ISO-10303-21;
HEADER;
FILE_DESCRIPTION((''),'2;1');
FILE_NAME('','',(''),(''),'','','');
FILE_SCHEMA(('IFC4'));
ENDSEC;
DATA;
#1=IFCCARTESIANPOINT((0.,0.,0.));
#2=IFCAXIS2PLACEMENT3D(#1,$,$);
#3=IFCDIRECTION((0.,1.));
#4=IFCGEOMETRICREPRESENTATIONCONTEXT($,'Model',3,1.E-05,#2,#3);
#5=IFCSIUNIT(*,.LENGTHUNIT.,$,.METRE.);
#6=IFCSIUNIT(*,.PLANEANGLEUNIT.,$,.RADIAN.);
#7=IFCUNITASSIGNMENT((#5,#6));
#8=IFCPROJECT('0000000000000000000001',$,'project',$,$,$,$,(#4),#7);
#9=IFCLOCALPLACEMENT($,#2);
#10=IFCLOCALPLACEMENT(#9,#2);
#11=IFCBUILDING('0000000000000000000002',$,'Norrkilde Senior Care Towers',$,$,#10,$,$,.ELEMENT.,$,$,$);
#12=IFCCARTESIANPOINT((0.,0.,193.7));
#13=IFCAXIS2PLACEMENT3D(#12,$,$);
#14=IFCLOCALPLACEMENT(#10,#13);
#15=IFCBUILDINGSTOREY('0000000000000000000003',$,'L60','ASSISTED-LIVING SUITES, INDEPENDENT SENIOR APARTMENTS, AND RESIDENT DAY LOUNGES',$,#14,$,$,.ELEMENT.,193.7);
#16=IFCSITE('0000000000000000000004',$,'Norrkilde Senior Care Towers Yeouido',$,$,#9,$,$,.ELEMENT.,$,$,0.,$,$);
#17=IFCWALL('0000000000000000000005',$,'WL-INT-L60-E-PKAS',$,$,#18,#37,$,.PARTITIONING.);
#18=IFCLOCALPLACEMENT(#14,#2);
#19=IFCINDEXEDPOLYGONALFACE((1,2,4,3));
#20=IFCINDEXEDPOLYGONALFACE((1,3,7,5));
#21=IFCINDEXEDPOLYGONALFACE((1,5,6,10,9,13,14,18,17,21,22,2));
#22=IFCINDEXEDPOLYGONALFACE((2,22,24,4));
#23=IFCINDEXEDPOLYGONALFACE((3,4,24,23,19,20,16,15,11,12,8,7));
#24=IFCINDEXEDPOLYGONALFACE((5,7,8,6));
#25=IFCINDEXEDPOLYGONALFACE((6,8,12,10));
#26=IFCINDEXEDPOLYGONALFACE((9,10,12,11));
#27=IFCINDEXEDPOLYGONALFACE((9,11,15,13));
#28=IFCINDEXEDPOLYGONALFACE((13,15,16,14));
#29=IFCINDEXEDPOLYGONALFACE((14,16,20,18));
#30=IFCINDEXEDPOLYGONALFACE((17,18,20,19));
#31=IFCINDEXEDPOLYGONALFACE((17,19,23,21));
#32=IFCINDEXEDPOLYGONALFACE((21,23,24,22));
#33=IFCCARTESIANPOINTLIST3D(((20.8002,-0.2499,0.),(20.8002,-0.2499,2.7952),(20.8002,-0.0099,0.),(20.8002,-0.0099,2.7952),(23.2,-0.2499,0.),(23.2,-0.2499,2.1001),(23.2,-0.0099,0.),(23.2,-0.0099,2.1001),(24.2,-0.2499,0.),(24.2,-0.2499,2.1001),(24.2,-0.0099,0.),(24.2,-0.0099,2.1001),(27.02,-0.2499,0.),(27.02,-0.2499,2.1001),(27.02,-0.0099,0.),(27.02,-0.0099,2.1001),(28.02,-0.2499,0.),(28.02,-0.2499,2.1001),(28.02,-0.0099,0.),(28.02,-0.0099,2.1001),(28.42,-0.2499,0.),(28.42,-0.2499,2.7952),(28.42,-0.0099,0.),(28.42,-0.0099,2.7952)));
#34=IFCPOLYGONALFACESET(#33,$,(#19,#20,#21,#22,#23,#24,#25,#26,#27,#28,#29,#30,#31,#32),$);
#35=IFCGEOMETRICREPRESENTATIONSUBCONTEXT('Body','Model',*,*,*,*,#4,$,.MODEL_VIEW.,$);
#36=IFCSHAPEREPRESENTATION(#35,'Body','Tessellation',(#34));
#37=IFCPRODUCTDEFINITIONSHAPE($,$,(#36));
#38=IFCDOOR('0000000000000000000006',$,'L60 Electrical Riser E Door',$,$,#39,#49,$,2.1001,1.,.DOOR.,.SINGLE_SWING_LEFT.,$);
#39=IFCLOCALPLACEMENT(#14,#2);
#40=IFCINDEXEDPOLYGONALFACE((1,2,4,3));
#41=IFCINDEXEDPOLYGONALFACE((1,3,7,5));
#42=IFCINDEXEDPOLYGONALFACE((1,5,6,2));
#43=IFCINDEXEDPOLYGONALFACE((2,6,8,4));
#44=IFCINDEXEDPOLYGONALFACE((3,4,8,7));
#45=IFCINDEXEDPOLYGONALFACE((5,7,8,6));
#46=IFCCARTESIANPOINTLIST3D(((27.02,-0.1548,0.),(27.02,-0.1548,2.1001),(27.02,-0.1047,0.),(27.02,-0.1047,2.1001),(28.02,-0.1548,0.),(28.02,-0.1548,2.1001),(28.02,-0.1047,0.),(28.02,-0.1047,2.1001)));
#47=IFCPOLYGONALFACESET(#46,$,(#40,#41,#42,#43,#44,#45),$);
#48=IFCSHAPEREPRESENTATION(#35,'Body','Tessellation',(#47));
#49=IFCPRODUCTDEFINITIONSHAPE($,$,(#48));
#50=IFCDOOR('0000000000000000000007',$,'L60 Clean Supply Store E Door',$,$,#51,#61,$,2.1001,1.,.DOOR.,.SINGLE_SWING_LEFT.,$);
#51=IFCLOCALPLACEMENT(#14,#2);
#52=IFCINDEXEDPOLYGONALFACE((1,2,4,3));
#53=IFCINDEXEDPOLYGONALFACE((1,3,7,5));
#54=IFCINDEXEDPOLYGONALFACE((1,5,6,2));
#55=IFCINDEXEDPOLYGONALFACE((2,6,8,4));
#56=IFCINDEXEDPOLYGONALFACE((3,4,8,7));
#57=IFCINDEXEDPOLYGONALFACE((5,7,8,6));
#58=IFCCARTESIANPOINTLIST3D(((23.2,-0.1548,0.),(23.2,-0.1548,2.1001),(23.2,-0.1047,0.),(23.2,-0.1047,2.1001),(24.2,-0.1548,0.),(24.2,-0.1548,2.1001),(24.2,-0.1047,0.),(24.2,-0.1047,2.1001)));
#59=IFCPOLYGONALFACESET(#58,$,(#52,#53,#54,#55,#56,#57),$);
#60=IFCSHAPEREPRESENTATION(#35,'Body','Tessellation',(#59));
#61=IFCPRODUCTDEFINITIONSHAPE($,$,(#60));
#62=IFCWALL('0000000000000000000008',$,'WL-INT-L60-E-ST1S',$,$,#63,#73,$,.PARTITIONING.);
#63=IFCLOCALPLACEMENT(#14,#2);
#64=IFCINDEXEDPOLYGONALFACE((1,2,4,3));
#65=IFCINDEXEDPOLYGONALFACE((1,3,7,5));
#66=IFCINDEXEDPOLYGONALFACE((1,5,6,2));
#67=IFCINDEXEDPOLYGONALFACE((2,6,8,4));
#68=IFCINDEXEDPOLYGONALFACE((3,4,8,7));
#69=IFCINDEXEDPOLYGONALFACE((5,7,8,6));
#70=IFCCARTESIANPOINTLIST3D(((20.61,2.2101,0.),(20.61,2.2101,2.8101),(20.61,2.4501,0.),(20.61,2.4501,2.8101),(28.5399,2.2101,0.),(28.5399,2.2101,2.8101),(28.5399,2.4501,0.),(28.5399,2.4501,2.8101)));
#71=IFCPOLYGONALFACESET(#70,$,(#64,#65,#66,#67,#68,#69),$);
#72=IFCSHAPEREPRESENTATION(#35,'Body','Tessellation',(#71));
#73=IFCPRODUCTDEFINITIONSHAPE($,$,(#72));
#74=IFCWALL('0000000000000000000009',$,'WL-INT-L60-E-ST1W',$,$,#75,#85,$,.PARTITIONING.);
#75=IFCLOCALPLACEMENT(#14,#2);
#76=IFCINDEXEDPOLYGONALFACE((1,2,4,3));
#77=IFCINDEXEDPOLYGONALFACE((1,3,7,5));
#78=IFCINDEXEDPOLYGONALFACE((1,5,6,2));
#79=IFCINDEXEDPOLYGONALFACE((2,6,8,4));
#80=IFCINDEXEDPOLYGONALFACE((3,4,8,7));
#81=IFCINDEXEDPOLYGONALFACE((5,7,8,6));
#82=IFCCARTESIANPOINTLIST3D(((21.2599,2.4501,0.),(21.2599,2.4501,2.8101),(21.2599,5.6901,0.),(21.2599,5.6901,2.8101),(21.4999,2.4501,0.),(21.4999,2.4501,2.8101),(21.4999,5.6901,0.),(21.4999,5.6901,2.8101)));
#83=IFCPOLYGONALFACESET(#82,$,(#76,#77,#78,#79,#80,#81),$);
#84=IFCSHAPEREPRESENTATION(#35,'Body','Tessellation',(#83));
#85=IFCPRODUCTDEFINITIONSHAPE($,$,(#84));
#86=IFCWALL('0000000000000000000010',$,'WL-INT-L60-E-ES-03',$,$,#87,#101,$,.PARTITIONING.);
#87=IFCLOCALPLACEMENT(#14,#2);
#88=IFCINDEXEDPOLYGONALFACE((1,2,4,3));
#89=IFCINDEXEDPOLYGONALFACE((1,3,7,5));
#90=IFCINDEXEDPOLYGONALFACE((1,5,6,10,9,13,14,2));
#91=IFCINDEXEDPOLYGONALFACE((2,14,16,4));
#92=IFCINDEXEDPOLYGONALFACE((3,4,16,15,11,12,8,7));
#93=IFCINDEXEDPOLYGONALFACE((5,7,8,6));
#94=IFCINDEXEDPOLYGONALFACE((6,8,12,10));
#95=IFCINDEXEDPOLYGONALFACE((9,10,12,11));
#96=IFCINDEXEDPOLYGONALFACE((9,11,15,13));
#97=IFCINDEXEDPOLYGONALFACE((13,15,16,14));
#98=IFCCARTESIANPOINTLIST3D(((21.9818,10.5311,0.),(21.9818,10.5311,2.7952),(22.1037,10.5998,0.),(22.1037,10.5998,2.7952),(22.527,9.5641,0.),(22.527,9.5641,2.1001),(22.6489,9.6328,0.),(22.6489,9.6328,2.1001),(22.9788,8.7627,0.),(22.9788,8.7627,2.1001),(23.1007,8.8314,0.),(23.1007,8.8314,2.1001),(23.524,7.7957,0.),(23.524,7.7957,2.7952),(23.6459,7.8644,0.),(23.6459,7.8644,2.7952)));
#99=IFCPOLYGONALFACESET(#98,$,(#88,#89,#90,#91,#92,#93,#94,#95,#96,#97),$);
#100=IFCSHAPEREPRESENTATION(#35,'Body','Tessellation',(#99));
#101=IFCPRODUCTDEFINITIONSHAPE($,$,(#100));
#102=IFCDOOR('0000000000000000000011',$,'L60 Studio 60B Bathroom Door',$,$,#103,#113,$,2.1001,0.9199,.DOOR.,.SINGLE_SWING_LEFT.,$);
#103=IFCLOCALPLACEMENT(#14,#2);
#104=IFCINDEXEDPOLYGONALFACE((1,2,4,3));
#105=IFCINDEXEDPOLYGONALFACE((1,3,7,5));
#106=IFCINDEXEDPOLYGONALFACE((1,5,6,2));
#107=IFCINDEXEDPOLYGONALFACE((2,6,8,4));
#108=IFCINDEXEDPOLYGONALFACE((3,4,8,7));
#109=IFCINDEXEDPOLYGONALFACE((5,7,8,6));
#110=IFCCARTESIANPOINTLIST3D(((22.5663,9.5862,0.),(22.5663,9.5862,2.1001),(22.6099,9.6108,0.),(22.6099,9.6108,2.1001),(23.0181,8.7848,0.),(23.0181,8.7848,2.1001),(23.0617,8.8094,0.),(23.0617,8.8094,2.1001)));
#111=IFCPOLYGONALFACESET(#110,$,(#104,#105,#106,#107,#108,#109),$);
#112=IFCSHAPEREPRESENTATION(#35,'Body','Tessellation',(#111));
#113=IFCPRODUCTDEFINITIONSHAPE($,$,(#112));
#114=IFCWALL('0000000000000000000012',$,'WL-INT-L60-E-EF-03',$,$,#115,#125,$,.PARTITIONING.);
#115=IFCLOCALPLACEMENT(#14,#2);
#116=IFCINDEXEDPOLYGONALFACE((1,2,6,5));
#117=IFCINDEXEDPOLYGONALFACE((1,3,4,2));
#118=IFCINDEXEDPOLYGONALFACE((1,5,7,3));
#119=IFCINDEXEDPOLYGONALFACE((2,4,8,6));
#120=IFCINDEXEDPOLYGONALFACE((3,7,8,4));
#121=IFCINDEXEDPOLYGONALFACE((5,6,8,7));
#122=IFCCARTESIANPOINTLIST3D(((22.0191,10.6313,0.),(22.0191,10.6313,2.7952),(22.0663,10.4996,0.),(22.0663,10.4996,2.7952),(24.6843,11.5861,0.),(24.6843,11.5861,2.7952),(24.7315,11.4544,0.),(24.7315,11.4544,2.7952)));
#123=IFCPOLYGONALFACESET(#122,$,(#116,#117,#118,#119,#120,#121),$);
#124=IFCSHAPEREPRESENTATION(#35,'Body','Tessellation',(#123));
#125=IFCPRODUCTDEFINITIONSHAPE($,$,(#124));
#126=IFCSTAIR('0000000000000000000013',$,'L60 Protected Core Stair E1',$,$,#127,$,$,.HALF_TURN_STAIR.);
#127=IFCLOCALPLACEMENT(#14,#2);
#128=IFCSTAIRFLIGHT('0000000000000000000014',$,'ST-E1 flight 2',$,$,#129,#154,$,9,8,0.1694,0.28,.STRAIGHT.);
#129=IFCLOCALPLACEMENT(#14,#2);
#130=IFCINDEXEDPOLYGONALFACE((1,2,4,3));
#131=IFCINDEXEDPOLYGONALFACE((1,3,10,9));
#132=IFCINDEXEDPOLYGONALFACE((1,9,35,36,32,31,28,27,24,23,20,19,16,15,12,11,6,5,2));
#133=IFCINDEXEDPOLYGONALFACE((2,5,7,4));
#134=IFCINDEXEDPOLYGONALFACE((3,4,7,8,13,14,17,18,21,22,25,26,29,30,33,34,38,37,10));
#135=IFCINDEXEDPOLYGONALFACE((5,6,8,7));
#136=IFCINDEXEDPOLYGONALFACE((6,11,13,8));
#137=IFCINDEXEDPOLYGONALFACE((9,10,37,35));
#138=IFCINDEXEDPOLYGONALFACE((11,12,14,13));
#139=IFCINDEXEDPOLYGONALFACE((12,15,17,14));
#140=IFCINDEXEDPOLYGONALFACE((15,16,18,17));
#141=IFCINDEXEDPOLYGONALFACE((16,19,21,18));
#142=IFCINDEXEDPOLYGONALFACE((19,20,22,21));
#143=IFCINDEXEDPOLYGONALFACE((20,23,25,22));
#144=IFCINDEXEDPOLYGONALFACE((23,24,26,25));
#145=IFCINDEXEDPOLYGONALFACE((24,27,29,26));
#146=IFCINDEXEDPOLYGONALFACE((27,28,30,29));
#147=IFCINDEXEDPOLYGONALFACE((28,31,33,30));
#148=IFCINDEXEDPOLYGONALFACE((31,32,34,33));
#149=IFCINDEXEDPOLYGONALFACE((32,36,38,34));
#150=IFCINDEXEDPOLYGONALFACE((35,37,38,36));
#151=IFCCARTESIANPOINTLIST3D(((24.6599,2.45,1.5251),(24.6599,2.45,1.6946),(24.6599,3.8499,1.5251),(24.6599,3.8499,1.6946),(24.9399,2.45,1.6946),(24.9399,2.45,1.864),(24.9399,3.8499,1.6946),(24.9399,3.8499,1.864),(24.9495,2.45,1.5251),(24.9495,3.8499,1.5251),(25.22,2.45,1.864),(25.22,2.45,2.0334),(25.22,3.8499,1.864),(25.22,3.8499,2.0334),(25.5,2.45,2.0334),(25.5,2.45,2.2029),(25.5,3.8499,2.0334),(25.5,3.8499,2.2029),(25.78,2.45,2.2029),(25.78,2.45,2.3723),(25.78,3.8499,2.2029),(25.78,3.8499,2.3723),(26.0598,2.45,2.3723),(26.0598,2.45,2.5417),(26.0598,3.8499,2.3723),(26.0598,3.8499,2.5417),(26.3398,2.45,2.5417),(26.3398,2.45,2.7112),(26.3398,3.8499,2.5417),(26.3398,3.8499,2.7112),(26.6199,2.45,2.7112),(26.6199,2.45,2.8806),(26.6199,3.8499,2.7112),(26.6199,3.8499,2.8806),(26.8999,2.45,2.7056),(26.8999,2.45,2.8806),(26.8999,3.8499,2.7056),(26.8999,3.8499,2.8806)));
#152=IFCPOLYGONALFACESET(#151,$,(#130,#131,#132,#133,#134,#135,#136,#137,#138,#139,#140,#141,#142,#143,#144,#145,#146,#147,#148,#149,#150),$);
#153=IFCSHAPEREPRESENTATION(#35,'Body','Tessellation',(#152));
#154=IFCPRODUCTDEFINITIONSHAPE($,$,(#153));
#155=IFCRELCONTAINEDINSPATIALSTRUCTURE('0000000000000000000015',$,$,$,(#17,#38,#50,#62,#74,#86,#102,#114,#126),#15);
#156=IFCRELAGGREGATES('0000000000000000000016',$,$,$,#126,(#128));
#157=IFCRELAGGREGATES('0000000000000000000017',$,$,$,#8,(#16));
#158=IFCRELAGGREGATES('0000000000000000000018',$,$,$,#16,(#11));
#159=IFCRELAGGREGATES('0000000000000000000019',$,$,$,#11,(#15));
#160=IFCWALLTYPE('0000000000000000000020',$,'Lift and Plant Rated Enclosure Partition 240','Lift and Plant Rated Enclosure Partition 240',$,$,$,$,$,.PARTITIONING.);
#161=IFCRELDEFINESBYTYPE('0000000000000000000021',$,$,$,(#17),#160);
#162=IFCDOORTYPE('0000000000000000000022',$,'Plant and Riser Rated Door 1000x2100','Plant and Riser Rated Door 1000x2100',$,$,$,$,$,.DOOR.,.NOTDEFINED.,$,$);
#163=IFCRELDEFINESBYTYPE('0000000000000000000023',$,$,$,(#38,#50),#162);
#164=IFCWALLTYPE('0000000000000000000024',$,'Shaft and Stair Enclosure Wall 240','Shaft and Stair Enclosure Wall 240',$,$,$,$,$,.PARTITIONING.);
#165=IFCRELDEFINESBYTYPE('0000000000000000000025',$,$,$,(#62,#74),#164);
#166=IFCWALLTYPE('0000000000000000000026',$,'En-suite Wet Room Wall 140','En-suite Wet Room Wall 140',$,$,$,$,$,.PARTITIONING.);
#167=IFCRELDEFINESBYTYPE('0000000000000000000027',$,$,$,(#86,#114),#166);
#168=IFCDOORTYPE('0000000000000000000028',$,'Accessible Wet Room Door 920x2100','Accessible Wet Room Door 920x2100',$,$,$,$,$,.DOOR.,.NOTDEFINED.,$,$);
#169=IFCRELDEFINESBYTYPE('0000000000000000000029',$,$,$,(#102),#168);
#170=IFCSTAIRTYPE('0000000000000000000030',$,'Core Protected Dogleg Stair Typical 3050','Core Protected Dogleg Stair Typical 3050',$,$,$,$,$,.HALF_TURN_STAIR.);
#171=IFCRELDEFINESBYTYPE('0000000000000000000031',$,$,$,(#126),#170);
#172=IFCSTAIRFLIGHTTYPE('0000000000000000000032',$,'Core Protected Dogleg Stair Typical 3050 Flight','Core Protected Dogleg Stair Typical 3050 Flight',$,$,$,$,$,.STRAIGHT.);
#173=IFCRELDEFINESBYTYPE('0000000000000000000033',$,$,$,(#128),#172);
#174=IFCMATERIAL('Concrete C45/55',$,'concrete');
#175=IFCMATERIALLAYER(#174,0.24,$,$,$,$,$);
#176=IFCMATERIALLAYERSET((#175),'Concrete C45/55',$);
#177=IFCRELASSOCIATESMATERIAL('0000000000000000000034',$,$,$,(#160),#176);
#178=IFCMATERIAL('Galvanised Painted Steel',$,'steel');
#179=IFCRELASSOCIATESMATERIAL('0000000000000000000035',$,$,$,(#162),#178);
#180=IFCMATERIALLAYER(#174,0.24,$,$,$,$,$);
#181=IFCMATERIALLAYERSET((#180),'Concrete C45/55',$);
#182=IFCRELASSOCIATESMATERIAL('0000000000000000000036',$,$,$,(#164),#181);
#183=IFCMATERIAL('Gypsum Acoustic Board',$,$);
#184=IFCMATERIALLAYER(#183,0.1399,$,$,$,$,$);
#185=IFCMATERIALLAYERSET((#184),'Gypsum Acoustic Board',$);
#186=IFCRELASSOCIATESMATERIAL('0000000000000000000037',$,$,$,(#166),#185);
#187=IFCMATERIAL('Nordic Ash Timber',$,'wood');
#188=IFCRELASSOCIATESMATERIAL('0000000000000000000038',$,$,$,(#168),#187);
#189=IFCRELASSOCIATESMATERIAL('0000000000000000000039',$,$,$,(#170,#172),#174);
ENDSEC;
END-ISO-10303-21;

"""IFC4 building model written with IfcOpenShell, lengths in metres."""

from ifc_helpers import new_model, si_unit, direction, frame, frame_2d, origin, place, context, subcontext, project, spatial, polyline, rectangle, outline, extrude, source, transform, mapped, material, layer, layer_set, type_object, type_shapes, element, fill, aggregate, save


model = new_model("IFC4")

# Units and contexts
model_context = context("Model", 3, precision=1e-05, world=origin(), true_north=direction((0.0, 1.0)))
body_context = subcontext(model_context, "Body", "Model", "MODEL_VIEW")
ifc_project = project(units=[si_unit("LENGTHUNIT", "METRE"), si_unit("PLANEANGLEUNIT", "RADIAN")], contexts=[model_context])

# Site, building, storey
site_placement = place(None, origin())
site = spatial("IfcSite", under=ifc_project, at=site_placement, Name="Norrkilde Senior Care Towers Yeouido", CompositionType="ELEMENT", RefElevation=0.0)
building_placement = place(site_placement, origin())
building = spatial("IfcBuilding", under=site, at=building_placement, Name="Norrkilde Senior Care Towers", CompositionType="ELEMENT")
storey_placement = place(building_placement, frame((0.0, 0.0, 193.7)))
storey = spatial("IfcBuildingStorey", under=building, at=storey_placement, Name="L60", Description="ASSISTED-LIVING SUITES, INDEPENDENT SENIOR APARTMENTS, AND RESIDENT DAY LOUNGES", CompositionType="ELEMENT", Elevation=193.7)

# Wall, openings, doors
ifc_material_1 = material(Name="Concrete C45/55", Category="concrete")
ifc_layer_1 = layer(ifc_material_1, 0.24)
ifc_layer_set_1 = layer_set([ifc_layer_1], Name="Concrete C45/55")
wall_type_1 = type_object("IfcWallType", Name="Lift and Plant Rated Enclosure Partition 240", Description="Lift and Plant Rated Enclosure Partition 240", PredefinedType="PARTITIONING", material=ifc_layer_set_1)
shared_shape_1 = source(origin(), body_context, "Body", "SweptSolid", [
    extrude(rectangle(XDim=7.6199, YDim=0.24, at=frame_2d((3.8101, 0.0))), origin(), (0.0, 0.0, 1.0), 2.7952),
])
type_shapes(wall_type_1, [shared_shape_1])
wall_1_placement = place(storey_placement, frame((20.8, -0.1299, 0.0), z_axis=(0.0, 0.0, 1.0), x_axis=(1.0, 0.0, 0.0)))
wall_1 = element("IfcWall", 1, at=wall_1_placement, inside=storey, type_object=wall_type_1, Name="WL-INT-L60-E-PKAS", PredefinedType="PARTITIONING", context=body_context, shape_type="MappedRepresentation", body=[
    mapped(shared_shape_1, transform((0.0, 0.0, 0.0), x_axis=(1.0, 0.0, 0.0), y_axis=(0.0, 1.0, 0.0), z_axis=(0.0, 0.0, 1.0), scale=1.0)),
])
opening_1_placement = place(wall_1_placement, frame((6.22, 0.0, 0.0)))
opening_1 = element("IfcOpeningElement", 2, at=opening_1_placement, cuts=wall_1, PredefinedType="OPENING", context=body_context, shape_type="SweptSolid", body=[
    extrude(rectangle(XDim=1.0, YDim=2.1001, at=frame_2d((0.5, 1.05))), frame((0.0, 0.1299, 0.0), z_axis=(0.0, -1.0, 0.0), x_axis=(1.0, 0.0, 0.0)), (0.0, 0.0, 1.0), 0.26),
])
opening_2_placement = place(wall_1_placement, frame((2.3999, 0.0, 0.0)))
opening_2 = element("IfcOpeningElement", 3, at=opening_2_placement, cuts=wall_1, PredefinedType="OPENING", context=body_context, shape_type="SweptSolid", body=[
    extrude(rectangle(XDim=1.0, YDim=2.1001, at=frame_2d((0.5, 1.05))), frame((0.0, 0.1299, 0.0), z_axis=(0.0, -1.0, 0.0), x_axis=(1.0, 0.0, 0.0)), (0.0, 0.0, 1.0), 0.26),
])
ifc_material_2 = material(Name="Galvanised Painted Steel", Category="steel")
door_type_1 = type_object("IfcDoorType", Name="Plant and Riser Rated Door 1000x2100", Description="Plant and Riser Rated Door 1000x2100", OperationType="NOTDEFINED", PredefinedType="DOOR", material=ifc_material_2)
shared_shape_2 = source(origin(), body_context, "Body", "SweptSolid", [
    extrude(rectangle(XDim=1.0, YDim=2.1001, at=frame_2d((0.5, 1.05))), frame((0.0, 0.0249, 0.0), z_axis=(0.0, -1.0, 0.0), x_axis=(1.0, 0.0, 0.0)), (0.0, 0.0, 1.0), 0.05),
])
type_shapes(door_type_1, [shared_shape_2])
door_1_placement = place(opening_1_placement, frame((1.0, 0.0, 0.0), z_axis=(0.0, 0.0, 1.0), x_axis=(-1.0, 0.0, 0.0)))
door_1 = element("IfcDoor", 4, at=door_1_placement, inside=storey, type_object=door_type_1, Name="L60 Electrical Riser E Door", OperationType="SINGLE_SWING_LEFT", OverallHeight=2.1001, OverallWidth=1.0, PredefinedType="DOOR", context=body_context, shape_type="MappedRepresentation", body=[
    mapped(shared_shape_2, transform((0.0, 0.0, 0.0), x_axis=(1.0, 0.0, 0.0), y_axis=(0.0, 1.0, 0.0), z_axis=(0.0, 0.0, 1.0), scale=1.0)),
])
fill(opening_1, door_1)
door_2_placement = place(opening_2_placement, frame((1.0, 0.0, 0.0), z_axis=(0.0, 0.0, 1.0), x_axis=(-1.0, 0.0, 0.0)))
door_2 = element("IfcDoor", 5, at=door_2_placement, inside=storey, type_object=door_type_1, Name="L60 Clean Supply Store E Door", OperationType="SINGLE_SWING_LEFT", OverallHeight=2.1001, OverallWidth=1.0, PredefinedType="DOOR", context=body_context, shape_type="MappedRepresentation", body=[
    mapped(shared_shape_2, transform((0.0, 0.0, 0.0), x_axis=(1.0, 0.0, 0.0), y_axis=(0.0, 1.0, 0.0), z_axis=(0.0, 0.0, 1.0), scale=1.0)),
])
fill(opening_2, door_2)

# Walls
ifc_layer_2 = layer(ifc_material_1, 0.24)
ifc_layer_set_2 = layer_set([ifc_layer_2], Name="Concrete C45/55")
wall_type_2 = type_object("IfcWallType", Name="Shaft and Stair Enclosure Wall 240", Description="Shaft and Stair Enclosure Wall 240", PredefinedType="PARTITIONING", material=ifc_layer_set_2)
shared_shape_3 = source(origin(), body_context, "Body", "SweptSolid", [
    extrude(rectangle(XDim=7.9299, YDim=0.24, at=frame_2d((3.9648, 0.0))), origin(), (0.0, 0.0, 1.0), 2.8101),
])
wall_2_placement = place(storey_placement, frame((20.6101, 2.3301, 0.0), z_axis=(0.0, 0.0, 1.0), x_axis=(1.0, 0.0, 0.0)))
element("IfcWall", 6, at=wall_2_placement, inside=storey, type_object=wall_type_2, Name="WL-INT-L60-E-ST1S", PredefinedType="PARTITIONING", context=body_context, shape_type="MappedRepresentation", body=[
    mapped(shared_shape_3, transform((0.0, 0.0, 0.0), x_axis=(1.0, 0.0, 0.0), y_axis=(0.0, 1.0, 0.0), z_axis=(0.0, 0.0, 1.0), scale=1.0)),
])
shared_shape_4 = source(origin(), body_context, "Body", "SweptSolid", [
    extrude(rectangle(XDim=3.24, YDim=0.24, at=frame_2d((1.6201, 0.0))), origin(), (0.0, 0.0, 1.0), 2.8101),
])
type_shapes(wall_type_2, [shared_shape_3, shared_shape_4])
wall_3_placement = place(storey_placement, frame((21.3799, 2.45, 0.0), z_axis=(0.0, 0.0, 1.0), x_axis=(0.0, 1.0, 0.0)))
element("IfcWall", 7, at=wall_3_placement, inside=storey, type_object=wall_type_2, Name="WL-INT-L60-E-ST1W", PredefinedType="PARTITIONING", context=body_context, shape_type="MappedRepresentation", body=[
    mapped(shared_shape_4, transform((0.0, 0.0, 0.0), x_axis=(1.0, 0.0, 0.0), y_axis=(0.0, 1.0, 0.0), z_axis=(0.0, 0.0, 1.0), scale=1.0)),
])

# Wall, opening, door
ifc_material_3 = material(Name="Gypsum Acoustic Board")
ifc_layer_3 = layer(ifc_material_3, 0.1399)
ifc_layer_set_3 = layer_set([ifc_layer_3], Name="Gypsum Acoustic Board")
wall_type_3 = type_object("IfcWallType", Name="En-suite Wet Room Wall 140", Description="En-suite Wet Room Wall 140", PredefinedType="PARTITIONING", material=ifc_layer_set_3)
shared_shape_5 = source(origin(), body_context, "Body", "SweptSolid", [
    extrude(rectangle(XDim=3.1401, YDim=0.1399, at=frame_2d((1.5701, 0.0))), origin(), (0.0, 0.0, 1.0), 2.7952),
])
wall_4_placement = place(storey_placement, frame((23.585, 7.8301, 0.0), z_axis=(0.0, 0.0, 1.0), x_axis=(-0.491132, 0.871085, 0.0)))
wall_4 = element("IfcWall", 8, at=wall_4_placement, inside=storey, type_object=wall_type_3, Name="WL-INT-L60-E-ES-03", PredefinedType="PARTITIONING", context=body_context, shape_type="MappedRepresentation", body=[
    mapped(shared_shape_5, transform((0.0, 0.0, 0.0), x_axis=(1.0, 0.0, 0.0), y_axis=(0.0, 1.0, 0.0), z_axis=(0.0, 0.0, 1.0), scale=1.0)),
])
opening_3_placement = place(wall_4_placement, frame((1.1101, 0.0, 0.0)))
opening_3 = element("IfcOpeningElement", 9, at=opening_3_placement, cuts=wall_4, PredefinedType="OPENING", context=body_context, shape_type="SweptSolid", body=[
    extrude(rectangle(XDim=0.9199, YDim=2.1001, at=frame_2d((0.46, 1.05))), frame((0.0, 0.0798, 0.0), z_axis=(0.0, -1.0, 0.0), x_axis=(1.0, 0.0, 0.0)), (0.0, 0.0, 1.0), 0.1599),
])
ifc_material_4 = material(Name="Nordic Ash Timber", Category="wood")
door_type_2 = type_object("IfcDoorType", Name="Accessible Wet Room Door 920x2100", Description="Accessible Wet Room Door 920x2100", OperationType="NOTDEFINED", PredefinedType="DOOR", material=ifc_material_4)
shared_shape_6 = source(origin(), body_context, "Body", "SweptSolid", [
    extrude(rectangle(XDim=0.9199, YDim=2.1001, at=frame_2d((0.46, 1.05))), frame((0.0, 0.0249, 0.0), z_axis=(0.0, -1.0, 0.0), x_axis=(1.0, 0.0, 0.0)), (0.0, 0.0, 1.0), 0.05),
])
type_shapes(door_type_2, [shared_shape_6])
door_3_placement = place(opening_3_placement, origin())
door_3 = element("IfcDoor", 10, at=door_3_placement, inside=storey, type_object=door_type_2, Name="L60 Studio 60B Bathroom Door", OperationType="SINGLE_SWING_LEFT", OverallHeight=2.1001, OverallWidth=0.9199, PredefinedType="DOOR", context=body_context, shape_type="MappedRepresentation", body=[
    mapped(shared_shape_6, transform((0.0, 0.0, 0.0), x_axis=(1.0, 0.0, 0.0), y_axis=(0.0, 1.0, 0.0), z_axis=(0.0, 0.0, 1.0), scale=1.0)),
])
fill(opening_3, door_3)

# Wall
shared_shape_7 = source(origin(), body_context, "Body", "SweptSolid", [
    extrude(rectangle(XDim=2.8311, YDim=0.1399, at=frame_2d((1.4155, 0.0))), origin(), (0.0, 0.0, 1.0), 2.7952),
])
type_shapes(wall_type_3, [shared_shape_5, shared_shape_7])
wall_5_placement = place(storey_placement, frame((22.0427, 10.5654, 0.0), z_axis=(0.0, 0.0, 1.0), x_axis=(0.941412, 0.337259, 0.0)))
element("IfcWall", 11, at=wall_5_placement, inside=storey, type_object=wall_type_3, Name="WL-INT-L60-E-EF-03", PredefinedType="PARTITIONING", context=body_context, shape_type="MappedRepresentation", body=[
    mapped(shared_shape_7, transform((0.0, 0.0, 0.0), x_axis=(1.0, 0.0, 0.0), y_axis=(0.0, 1.0, 0.0), z_axis=(0.0, 0.0, 1.0), scale=1.0)),
])

# Stair, stair flight
stair_type = type_object("IfcStairType", Name="Core Protected Dogleg Stair Typical 3050", Description="Core Protected Dogleg Stair Typical 3050", PredefinedType="HALF_TURN_STAIR", material=ifc_material_1)
stair_placement = place(storey_placement, origin())
stair = element("IfcStair", 12, at=stair_placement, inside=storey, type_object=stair_type, Name="L60 Protected Core Stair E1", PredefinedType="HALF_TURN_STAIR")
stair_flight_type = type_object("IfcStairFlightType", Name="Core Protected Dogleg Stair Typical 3050 Flight", Description="Core Protected Dogleg Stair Typical 3050 Flight", PredefinedType="STRAIGHT", material=ifc_material_1)
stair_flight_placement = place(storey_placement, frame((24.6599, 3.1499, 1.5251), z_axis=(0.0, 0.0, 1.0), x_axis=(1.0, 0.0, 0.0)))
stair_flight = element("IfcStairFlight", 13, at=stair_flight_placement, type_object=stair_flight_type, Name="ST-E1 flight 2", NumberOfRisers=9, NumberOfTreads=8, PredefinedType="STRAIGHT", RiserHeight=0.1694, TreadLength=0.28, context=body_context, shape_type="SweptSolid", body=[
    extrude(outline(polyline([(0.0, 0.0), (0.0, 0.1694), (0.28, 0.1694), (0.28, 0.3389), (0.5601, 0.3389), (0.5601, 0.5083), (0.8401, 0.5083), (0.8401, 0.6777), (1.1201, 0.6777), (1.1201, 0.8472), (1.3999, 0.8472), (1.3999, 1.0166), (1.6799, 1.0166), (1.6799, 1.186), (1.96, 1.186), (1.96, 1.3555), (2.24, 1.3555), (2.24, 1.5249), (2.24, 1.1804), (0.2896, 0.0), (0.0, 0.0)])), frame((0.0, 0.7, 0.0), z_axis=(0.0, -1.0, 0.0), x_axis=(1.0, 0.0, 0.0)), (0.0, 0.0, 1.0), 1.3999),
])
aggregate(stair, [stair_flight])

save(model, "model.ifc")
